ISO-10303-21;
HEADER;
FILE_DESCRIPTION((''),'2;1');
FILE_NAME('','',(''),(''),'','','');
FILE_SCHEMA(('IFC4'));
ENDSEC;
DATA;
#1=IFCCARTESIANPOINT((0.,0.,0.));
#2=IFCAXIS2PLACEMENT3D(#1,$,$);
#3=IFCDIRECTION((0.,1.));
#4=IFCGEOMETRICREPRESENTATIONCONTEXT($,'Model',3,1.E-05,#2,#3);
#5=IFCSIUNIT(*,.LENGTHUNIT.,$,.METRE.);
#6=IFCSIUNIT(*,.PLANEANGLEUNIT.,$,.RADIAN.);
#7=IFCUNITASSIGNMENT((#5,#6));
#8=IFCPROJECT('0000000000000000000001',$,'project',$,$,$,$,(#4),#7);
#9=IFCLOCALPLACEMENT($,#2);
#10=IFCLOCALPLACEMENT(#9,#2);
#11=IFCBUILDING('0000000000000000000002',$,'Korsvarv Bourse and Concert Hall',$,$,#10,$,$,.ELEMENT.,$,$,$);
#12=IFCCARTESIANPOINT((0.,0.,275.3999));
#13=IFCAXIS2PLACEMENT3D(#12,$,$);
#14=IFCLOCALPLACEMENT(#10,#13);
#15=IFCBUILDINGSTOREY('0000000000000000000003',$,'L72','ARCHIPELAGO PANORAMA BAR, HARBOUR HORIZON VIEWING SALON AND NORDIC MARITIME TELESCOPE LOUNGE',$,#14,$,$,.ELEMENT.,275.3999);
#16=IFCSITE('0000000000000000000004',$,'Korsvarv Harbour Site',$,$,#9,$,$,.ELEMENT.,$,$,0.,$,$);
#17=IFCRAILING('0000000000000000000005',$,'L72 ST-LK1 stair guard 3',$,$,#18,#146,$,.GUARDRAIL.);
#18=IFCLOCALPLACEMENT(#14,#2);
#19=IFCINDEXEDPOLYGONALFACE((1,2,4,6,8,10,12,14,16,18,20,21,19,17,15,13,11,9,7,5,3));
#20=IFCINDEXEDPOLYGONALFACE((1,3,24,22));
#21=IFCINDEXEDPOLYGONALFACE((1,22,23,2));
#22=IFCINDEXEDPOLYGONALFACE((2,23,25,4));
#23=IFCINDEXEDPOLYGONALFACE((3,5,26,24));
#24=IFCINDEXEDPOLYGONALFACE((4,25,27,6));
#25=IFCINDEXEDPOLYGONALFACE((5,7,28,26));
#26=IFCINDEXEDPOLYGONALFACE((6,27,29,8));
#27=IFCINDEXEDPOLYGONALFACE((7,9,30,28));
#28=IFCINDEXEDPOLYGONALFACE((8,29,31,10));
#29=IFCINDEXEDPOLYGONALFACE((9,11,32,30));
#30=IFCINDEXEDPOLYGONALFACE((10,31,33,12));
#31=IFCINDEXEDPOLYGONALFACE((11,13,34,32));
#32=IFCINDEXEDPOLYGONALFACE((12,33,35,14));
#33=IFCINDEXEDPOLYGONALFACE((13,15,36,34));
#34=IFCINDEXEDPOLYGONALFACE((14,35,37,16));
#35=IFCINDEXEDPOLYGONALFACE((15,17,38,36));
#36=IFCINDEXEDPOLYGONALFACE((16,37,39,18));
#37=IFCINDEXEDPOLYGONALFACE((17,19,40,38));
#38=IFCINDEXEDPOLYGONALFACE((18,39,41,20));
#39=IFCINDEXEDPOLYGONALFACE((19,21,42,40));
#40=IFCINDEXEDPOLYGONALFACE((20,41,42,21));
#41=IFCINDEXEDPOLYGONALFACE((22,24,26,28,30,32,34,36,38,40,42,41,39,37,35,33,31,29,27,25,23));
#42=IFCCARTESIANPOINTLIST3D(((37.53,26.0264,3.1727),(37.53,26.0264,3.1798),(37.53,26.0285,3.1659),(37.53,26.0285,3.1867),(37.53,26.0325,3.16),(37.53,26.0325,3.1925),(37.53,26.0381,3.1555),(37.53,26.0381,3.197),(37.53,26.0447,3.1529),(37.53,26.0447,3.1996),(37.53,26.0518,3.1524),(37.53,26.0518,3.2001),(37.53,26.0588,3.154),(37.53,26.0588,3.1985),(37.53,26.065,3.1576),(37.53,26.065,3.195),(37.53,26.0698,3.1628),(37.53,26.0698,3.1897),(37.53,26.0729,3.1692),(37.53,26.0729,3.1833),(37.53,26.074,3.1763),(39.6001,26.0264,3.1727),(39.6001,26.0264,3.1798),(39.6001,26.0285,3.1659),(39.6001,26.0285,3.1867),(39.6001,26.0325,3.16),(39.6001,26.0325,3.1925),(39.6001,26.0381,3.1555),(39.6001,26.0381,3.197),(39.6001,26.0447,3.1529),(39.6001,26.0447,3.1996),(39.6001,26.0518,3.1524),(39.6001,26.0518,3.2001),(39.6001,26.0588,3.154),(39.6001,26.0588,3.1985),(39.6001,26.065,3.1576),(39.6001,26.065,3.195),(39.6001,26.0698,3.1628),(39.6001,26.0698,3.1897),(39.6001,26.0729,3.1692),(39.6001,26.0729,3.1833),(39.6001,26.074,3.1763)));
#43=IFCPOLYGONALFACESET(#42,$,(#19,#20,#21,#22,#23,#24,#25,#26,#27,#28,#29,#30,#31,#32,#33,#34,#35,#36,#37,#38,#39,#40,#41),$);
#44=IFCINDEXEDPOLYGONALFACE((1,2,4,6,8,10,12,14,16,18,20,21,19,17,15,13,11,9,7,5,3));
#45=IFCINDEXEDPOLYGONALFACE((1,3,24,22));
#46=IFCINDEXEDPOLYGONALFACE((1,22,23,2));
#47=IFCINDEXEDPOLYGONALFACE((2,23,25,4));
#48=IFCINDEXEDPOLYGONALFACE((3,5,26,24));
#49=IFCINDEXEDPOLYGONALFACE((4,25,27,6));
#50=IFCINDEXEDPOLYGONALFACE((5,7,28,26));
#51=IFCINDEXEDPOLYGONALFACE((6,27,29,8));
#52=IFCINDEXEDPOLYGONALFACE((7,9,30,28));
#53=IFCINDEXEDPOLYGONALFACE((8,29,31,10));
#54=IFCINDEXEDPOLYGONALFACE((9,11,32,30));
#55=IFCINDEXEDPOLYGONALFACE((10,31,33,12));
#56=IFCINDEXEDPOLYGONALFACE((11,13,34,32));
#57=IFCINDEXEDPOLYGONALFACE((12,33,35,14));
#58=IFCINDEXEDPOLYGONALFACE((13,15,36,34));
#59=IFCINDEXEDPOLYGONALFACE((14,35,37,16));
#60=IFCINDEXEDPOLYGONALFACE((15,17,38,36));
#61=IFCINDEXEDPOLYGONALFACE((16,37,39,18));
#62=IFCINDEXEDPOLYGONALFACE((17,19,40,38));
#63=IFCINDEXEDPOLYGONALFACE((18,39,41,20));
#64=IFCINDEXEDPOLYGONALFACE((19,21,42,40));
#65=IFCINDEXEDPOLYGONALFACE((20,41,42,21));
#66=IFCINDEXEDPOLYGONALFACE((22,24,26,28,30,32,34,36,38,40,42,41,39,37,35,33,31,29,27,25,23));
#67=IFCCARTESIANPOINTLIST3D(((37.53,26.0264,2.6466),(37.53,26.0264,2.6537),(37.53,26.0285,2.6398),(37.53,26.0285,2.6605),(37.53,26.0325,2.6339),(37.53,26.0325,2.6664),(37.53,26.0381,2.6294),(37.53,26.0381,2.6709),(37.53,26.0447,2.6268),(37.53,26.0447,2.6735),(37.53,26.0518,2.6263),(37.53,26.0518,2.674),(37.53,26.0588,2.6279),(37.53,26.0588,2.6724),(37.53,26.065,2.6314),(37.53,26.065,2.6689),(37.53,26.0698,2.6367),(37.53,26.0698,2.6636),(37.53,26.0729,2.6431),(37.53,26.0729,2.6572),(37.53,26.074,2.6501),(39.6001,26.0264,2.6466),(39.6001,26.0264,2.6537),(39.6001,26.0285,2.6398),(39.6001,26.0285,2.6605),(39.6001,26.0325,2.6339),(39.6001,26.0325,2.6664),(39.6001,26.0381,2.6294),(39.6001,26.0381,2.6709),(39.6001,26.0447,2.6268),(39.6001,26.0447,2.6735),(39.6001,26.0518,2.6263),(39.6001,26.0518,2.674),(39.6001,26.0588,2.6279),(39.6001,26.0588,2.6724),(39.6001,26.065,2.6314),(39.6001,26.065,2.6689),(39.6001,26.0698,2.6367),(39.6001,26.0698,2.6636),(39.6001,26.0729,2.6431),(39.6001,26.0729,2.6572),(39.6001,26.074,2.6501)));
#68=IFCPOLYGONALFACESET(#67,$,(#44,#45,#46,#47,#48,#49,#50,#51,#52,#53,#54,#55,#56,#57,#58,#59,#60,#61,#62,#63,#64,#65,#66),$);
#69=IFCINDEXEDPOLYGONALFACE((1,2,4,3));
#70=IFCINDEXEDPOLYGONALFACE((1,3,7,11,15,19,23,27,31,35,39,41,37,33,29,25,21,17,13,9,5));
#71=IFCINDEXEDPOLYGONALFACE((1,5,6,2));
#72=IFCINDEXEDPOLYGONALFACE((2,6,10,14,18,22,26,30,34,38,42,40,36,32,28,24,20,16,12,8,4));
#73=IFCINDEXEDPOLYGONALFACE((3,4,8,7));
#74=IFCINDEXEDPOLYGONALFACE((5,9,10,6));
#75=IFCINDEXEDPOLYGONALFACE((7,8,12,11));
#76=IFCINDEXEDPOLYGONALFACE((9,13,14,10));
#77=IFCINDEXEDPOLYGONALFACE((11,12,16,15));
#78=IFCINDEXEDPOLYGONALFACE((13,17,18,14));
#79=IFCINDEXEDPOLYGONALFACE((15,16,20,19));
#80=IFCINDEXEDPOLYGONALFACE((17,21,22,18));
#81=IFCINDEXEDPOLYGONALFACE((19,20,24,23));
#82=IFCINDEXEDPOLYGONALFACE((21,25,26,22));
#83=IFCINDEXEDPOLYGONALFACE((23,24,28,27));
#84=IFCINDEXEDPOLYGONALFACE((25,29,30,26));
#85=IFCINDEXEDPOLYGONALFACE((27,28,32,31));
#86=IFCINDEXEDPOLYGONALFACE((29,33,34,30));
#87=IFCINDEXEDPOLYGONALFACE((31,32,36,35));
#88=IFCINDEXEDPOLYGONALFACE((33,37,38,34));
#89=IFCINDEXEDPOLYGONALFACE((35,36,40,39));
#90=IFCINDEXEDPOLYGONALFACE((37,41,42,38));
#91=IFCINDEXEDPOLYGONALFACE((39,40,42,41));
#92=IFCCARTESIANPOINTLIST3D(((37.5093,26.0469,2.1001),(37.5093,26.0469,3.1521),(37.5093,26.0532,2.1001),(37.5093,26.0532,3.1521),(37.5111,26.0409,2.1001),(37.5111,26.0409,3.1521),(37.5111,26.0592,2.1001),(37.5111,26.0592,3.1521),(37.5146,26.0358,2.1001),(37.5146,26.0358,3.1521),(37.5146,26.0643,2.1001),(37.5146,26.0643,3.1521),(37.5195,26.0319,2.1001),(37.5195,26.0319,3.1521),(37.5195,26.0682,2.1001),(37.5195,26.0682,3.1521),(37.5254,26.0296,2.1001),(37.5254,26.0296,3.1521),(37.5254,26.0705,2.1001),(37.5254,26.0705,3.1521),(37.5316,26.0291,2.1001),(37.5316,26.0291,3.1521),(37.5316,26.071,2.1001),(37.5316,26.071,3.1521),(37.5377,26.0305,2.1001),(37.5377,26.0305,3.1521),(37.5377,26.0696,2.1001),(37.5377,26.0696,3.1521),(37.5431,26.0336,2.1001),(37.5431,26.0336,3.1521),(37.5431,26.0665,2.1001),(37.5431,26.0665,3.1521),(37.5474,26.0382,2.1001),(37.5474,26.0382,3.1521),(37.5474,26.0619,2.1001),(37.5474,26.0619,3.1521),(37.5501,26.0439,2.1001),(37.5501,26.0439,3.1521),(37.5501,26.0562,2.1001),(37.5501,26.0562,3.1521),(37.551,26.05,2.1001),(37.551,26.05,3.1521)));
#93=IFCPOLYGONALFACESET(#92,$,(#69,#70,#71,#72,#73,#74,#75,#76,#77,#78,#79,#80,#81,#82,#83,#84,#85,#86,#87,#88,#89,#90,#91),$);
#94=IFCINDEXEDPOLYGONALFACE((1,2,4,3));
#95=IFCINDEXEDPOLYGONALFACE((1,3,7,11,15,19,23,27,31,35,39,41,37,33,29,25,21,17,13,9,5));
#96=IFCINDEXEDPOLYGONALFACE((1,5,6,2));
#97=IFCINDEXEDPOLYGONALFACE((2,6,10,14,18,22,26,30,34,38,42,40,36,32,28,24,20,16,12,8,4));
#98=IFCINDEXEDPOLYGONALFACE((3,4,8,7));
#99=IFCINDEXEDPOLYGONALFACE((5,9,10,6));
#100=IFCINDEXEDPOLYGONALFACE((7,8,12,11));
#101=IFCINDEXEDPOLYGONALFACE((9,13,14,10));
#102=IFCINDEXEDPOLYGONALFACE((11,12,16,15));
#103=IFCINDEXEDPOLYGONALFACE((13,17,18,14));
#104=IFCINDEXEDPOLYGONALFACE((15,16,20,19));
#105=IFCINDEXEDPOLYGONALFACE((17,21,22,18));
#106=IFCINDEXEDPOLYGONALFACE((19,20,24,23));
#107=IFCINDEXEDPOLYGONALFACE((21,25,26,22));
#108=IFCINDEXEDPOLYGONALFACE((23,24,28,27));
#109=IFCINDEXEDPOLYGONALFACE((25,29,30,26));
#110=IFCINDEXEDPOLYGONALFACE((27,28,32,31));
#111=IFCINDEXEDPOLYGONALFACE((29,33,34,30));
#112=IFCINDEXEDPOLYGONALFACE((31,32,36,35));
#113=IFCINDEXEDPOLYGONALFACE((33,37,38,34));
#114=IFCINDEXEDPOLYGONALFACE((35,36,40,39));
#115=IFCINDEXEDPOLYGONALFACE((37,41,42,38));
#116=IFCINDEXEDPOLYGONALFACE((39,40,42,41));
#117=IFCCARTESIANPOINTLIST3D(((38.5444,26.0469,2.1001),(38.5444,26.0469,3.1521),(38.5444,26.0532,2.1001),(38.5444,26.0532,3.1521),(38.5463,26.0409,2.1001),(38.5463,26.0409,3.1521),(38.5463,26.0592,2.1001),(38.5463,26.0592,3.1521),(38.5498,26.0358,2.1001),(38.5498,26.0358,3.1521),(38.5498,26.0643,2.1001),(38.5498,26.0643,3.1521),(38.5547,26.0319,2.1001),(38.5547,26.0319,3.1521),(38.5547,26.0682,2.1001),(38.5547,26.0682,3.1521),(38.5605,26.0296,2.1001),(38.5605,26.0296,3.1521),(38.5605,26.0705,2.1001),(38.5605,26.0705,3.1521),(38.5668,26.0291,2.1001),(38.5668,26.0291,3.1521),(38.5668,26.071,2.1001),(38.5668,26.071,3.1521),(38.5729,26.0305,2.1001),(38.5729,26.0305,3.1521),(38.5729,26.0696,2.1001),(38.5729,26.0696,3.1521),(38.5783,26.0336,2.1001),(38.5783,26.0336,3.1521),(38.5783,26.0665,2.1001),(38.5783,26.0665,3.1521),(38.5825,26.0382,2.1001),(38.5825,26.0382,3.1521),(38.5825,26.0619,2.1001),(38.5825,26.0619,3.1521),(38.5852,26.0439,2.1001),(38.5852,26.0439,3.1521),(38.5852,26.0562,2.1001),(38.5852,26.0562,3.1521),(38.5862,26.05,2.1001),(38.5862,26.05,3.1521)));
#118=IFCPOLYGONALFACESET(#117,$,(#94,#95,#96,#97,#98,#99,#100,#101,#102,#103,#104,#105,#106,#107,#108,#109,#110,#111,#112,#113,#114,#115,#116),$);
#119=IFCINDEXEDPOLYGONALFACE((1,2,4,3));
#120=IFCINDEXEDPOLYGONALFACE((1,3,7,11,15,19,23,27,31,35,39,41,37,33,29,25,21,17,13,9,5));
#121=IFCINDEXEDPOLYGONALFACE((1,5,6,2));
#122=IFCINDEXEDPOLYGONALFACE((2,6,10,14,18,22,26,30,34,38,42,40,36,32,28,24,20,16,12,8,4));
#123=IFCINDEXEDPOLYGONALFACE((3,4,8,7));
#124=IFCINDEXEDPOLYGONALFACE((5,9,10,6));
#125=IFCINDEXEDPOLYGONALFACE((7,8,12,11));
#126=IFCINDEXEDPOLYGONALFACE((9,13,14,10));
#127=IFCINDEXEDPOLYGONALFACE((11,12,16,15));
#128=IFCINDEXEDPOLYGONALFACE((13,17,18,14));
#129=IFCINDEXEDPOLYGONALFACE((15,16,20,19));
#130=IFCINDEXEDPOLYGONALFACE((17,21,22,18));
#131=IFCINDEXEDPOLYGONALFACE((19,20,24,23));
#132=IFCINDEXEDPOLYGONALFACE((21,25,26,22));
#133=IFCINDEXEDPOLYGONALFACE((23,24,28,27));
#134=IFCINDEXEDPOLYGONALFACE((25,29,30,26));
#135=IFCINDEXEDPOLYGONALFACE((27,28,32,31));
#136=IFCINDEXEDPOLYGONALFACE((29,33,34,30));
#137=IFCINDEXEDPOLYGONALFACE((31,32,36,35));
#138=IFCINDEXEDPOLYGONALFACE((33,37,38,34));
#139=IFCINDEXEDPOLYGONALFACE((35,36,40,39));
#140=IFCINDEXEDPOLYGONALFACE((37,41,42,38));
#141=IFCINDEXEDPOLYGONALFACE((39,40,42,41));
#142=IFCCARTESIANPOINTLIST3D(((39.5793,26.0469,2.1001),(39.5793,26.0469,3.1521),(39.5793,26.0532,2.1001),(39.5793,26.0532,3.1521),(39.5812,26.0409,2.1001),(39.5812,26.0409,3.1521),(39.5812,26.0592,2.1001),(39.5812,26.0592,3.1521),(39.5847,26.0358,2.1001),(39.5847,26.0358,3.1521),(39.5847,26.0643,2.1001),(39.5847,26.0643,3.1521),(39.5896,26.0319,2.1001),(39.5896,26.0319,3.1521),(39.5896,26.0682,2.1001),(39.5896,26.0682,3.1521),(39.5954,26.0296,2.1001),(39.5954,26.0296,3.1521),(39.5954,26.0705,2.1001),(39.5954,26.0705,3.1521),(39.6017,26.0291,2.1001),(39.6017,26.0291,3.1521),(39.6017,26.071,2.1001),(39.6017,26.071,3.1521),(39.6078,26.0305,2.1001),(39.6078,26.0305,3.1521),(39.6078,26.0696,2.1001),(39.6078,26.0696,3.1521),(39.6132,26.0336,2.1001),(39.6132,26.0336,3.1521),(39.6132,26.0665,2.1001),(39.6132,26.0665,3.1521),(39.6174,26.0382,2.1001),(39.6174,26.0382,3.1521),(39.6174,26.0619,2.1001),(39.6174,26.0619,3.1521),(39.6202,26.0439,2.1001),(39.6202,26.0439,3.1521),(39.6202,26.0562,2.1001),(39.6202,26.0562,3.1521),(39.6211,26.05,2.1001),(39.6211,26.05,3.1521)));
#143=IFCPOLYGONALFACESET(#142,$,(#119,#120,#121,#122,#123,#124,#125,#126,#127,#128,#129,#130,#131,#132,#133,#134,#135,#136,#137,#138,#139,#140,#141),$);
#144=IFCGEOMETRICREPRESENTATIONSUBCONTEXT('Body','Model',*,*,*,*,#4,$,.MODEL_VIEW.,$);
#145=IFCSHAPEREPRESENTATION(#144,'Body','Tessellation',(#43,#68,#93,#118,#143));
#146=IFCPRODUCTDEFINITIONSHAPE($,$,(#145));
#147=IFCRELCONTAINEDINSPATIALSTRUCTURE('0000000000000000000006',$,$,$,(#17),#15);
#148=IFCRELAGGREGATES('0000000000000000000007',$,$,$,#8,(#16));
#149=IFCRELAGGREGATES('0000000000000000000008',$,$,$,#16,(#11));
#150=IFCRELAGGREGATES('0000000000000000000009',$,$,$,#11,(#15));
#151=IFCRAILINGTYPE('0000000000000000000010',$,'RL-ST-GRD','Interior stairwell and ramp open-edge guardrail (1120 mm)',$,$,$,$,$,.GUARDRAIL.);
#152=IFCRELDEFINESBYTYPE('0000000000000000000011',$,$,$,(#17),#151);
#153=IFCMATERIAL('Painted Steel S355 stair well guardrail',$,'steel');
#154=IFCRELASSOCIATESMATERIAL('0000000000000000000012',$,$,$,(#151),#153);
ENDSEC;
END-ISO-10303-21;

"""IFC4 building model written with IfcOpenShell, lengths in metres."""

from ifc_helpers import new_model, si_unit, direction, frame, origin, origin_2d, place, context, subcontext, project, spatial, circle, extrude, material, type_object, element, save


model = new_model("IFC4")

# Units and contexts
model_context = context("Model", 3, precision=1e-05, world=origin(), true_north=direction((0.0, 1.0)))
body_context = subcontext(model_context, "Body", "Model", "MODEL_VIEW")
ifc_project = project(units=[si_unit("LENGTHUNIT", "METRE"), si_unit("PLANEANGLEUNIT", "RADIAN")], contexts=[model_context])

# Site, building, storey
site_placement = place(None, origin())
site = spatial("IfcSite", under=ifc_project, at=site_placement, Name="Korsvarv Harbour Site", CompositionType="ELEMENT", RefElevation=0.0)
building_placement = place(site_placement, origin())
building = spatial("IfcBuilding", under=site, at=building_placement, Name="Korsvarv Bourse and Concert Hall", CompositionType="ELEMENT")
storey_placement = place(building_placement, frame((0.0, 0.0, 275.3999)))
storey = spatial("IfcBuildingStorey", under=building, at=storey_placement, Name="L72", Description="ARCHIPELAGO PANORAMA BAR, HARBOUR HORIZON VIEWING SALON AND NORDIC MARITIME TELESCOPE LOUNGE", CompositionType="ELEMENT", Elevation=275.3999)

# Railing
ifc_material_1 = material(Name="Painted Steel S355 stair well guardrail", Category="steel")
railing_type_1 = type_object("IfcRailingType", Name="RL-ST-GRD", Description="Interior stairwell and ramp open-edge guardrail (1120 mm)", PredefinedType="GUARDRAIL", material=ifc_material_1)
for number, where, name in (
    (1, (37.53, 26.05, 2.1001), "L72 ST-LK1 stair guard 3"),
):
    element("IfcRailing", number, at=place(storey_placement, frame(where)), inside=storey, type_object=railing_type_1, Name=name, PredefinedType="GUARDRAIL", context=body_context, shape_type="SweptSolid", body=[
        extrude(circle(Radius=0.0239, at=origin_2d()), frame((0.0, 0.0, 1.0762), z_axis=(1.0, 0.0, 0.0), x_axis=(0.0, 1.0, 0.0)), (0.0, 0.0, 1.0), 2.0701),
        extrude(circle(Radius=0.0239, at=origin_2d()), frame((0.0, 0.0, 0.55), z_axis=(1.0, 0.0, 0.0), x_axis=(0.0, 1.0, 0.0)), (0.0, 0.0, 1.0), 2.0701),
        extrude(circle(Radius=0.021, at=origin_2d()), origin(), (0.0, 0.0, 1.0), 1.052),
        extrude(circle(Radius=0.021, at=origin_2d()), frame((1.0352, 0.0, 0.0)), (0.0, 0.0, 1.0), 1.052),
        extrude(circle(Radius=0.021, at=origin_2d()), frame((2.0701, 0.0, 0.0)), (0.0, 0.0, 1.0), 1.052),
    ])

save(model, "model.ifc")
